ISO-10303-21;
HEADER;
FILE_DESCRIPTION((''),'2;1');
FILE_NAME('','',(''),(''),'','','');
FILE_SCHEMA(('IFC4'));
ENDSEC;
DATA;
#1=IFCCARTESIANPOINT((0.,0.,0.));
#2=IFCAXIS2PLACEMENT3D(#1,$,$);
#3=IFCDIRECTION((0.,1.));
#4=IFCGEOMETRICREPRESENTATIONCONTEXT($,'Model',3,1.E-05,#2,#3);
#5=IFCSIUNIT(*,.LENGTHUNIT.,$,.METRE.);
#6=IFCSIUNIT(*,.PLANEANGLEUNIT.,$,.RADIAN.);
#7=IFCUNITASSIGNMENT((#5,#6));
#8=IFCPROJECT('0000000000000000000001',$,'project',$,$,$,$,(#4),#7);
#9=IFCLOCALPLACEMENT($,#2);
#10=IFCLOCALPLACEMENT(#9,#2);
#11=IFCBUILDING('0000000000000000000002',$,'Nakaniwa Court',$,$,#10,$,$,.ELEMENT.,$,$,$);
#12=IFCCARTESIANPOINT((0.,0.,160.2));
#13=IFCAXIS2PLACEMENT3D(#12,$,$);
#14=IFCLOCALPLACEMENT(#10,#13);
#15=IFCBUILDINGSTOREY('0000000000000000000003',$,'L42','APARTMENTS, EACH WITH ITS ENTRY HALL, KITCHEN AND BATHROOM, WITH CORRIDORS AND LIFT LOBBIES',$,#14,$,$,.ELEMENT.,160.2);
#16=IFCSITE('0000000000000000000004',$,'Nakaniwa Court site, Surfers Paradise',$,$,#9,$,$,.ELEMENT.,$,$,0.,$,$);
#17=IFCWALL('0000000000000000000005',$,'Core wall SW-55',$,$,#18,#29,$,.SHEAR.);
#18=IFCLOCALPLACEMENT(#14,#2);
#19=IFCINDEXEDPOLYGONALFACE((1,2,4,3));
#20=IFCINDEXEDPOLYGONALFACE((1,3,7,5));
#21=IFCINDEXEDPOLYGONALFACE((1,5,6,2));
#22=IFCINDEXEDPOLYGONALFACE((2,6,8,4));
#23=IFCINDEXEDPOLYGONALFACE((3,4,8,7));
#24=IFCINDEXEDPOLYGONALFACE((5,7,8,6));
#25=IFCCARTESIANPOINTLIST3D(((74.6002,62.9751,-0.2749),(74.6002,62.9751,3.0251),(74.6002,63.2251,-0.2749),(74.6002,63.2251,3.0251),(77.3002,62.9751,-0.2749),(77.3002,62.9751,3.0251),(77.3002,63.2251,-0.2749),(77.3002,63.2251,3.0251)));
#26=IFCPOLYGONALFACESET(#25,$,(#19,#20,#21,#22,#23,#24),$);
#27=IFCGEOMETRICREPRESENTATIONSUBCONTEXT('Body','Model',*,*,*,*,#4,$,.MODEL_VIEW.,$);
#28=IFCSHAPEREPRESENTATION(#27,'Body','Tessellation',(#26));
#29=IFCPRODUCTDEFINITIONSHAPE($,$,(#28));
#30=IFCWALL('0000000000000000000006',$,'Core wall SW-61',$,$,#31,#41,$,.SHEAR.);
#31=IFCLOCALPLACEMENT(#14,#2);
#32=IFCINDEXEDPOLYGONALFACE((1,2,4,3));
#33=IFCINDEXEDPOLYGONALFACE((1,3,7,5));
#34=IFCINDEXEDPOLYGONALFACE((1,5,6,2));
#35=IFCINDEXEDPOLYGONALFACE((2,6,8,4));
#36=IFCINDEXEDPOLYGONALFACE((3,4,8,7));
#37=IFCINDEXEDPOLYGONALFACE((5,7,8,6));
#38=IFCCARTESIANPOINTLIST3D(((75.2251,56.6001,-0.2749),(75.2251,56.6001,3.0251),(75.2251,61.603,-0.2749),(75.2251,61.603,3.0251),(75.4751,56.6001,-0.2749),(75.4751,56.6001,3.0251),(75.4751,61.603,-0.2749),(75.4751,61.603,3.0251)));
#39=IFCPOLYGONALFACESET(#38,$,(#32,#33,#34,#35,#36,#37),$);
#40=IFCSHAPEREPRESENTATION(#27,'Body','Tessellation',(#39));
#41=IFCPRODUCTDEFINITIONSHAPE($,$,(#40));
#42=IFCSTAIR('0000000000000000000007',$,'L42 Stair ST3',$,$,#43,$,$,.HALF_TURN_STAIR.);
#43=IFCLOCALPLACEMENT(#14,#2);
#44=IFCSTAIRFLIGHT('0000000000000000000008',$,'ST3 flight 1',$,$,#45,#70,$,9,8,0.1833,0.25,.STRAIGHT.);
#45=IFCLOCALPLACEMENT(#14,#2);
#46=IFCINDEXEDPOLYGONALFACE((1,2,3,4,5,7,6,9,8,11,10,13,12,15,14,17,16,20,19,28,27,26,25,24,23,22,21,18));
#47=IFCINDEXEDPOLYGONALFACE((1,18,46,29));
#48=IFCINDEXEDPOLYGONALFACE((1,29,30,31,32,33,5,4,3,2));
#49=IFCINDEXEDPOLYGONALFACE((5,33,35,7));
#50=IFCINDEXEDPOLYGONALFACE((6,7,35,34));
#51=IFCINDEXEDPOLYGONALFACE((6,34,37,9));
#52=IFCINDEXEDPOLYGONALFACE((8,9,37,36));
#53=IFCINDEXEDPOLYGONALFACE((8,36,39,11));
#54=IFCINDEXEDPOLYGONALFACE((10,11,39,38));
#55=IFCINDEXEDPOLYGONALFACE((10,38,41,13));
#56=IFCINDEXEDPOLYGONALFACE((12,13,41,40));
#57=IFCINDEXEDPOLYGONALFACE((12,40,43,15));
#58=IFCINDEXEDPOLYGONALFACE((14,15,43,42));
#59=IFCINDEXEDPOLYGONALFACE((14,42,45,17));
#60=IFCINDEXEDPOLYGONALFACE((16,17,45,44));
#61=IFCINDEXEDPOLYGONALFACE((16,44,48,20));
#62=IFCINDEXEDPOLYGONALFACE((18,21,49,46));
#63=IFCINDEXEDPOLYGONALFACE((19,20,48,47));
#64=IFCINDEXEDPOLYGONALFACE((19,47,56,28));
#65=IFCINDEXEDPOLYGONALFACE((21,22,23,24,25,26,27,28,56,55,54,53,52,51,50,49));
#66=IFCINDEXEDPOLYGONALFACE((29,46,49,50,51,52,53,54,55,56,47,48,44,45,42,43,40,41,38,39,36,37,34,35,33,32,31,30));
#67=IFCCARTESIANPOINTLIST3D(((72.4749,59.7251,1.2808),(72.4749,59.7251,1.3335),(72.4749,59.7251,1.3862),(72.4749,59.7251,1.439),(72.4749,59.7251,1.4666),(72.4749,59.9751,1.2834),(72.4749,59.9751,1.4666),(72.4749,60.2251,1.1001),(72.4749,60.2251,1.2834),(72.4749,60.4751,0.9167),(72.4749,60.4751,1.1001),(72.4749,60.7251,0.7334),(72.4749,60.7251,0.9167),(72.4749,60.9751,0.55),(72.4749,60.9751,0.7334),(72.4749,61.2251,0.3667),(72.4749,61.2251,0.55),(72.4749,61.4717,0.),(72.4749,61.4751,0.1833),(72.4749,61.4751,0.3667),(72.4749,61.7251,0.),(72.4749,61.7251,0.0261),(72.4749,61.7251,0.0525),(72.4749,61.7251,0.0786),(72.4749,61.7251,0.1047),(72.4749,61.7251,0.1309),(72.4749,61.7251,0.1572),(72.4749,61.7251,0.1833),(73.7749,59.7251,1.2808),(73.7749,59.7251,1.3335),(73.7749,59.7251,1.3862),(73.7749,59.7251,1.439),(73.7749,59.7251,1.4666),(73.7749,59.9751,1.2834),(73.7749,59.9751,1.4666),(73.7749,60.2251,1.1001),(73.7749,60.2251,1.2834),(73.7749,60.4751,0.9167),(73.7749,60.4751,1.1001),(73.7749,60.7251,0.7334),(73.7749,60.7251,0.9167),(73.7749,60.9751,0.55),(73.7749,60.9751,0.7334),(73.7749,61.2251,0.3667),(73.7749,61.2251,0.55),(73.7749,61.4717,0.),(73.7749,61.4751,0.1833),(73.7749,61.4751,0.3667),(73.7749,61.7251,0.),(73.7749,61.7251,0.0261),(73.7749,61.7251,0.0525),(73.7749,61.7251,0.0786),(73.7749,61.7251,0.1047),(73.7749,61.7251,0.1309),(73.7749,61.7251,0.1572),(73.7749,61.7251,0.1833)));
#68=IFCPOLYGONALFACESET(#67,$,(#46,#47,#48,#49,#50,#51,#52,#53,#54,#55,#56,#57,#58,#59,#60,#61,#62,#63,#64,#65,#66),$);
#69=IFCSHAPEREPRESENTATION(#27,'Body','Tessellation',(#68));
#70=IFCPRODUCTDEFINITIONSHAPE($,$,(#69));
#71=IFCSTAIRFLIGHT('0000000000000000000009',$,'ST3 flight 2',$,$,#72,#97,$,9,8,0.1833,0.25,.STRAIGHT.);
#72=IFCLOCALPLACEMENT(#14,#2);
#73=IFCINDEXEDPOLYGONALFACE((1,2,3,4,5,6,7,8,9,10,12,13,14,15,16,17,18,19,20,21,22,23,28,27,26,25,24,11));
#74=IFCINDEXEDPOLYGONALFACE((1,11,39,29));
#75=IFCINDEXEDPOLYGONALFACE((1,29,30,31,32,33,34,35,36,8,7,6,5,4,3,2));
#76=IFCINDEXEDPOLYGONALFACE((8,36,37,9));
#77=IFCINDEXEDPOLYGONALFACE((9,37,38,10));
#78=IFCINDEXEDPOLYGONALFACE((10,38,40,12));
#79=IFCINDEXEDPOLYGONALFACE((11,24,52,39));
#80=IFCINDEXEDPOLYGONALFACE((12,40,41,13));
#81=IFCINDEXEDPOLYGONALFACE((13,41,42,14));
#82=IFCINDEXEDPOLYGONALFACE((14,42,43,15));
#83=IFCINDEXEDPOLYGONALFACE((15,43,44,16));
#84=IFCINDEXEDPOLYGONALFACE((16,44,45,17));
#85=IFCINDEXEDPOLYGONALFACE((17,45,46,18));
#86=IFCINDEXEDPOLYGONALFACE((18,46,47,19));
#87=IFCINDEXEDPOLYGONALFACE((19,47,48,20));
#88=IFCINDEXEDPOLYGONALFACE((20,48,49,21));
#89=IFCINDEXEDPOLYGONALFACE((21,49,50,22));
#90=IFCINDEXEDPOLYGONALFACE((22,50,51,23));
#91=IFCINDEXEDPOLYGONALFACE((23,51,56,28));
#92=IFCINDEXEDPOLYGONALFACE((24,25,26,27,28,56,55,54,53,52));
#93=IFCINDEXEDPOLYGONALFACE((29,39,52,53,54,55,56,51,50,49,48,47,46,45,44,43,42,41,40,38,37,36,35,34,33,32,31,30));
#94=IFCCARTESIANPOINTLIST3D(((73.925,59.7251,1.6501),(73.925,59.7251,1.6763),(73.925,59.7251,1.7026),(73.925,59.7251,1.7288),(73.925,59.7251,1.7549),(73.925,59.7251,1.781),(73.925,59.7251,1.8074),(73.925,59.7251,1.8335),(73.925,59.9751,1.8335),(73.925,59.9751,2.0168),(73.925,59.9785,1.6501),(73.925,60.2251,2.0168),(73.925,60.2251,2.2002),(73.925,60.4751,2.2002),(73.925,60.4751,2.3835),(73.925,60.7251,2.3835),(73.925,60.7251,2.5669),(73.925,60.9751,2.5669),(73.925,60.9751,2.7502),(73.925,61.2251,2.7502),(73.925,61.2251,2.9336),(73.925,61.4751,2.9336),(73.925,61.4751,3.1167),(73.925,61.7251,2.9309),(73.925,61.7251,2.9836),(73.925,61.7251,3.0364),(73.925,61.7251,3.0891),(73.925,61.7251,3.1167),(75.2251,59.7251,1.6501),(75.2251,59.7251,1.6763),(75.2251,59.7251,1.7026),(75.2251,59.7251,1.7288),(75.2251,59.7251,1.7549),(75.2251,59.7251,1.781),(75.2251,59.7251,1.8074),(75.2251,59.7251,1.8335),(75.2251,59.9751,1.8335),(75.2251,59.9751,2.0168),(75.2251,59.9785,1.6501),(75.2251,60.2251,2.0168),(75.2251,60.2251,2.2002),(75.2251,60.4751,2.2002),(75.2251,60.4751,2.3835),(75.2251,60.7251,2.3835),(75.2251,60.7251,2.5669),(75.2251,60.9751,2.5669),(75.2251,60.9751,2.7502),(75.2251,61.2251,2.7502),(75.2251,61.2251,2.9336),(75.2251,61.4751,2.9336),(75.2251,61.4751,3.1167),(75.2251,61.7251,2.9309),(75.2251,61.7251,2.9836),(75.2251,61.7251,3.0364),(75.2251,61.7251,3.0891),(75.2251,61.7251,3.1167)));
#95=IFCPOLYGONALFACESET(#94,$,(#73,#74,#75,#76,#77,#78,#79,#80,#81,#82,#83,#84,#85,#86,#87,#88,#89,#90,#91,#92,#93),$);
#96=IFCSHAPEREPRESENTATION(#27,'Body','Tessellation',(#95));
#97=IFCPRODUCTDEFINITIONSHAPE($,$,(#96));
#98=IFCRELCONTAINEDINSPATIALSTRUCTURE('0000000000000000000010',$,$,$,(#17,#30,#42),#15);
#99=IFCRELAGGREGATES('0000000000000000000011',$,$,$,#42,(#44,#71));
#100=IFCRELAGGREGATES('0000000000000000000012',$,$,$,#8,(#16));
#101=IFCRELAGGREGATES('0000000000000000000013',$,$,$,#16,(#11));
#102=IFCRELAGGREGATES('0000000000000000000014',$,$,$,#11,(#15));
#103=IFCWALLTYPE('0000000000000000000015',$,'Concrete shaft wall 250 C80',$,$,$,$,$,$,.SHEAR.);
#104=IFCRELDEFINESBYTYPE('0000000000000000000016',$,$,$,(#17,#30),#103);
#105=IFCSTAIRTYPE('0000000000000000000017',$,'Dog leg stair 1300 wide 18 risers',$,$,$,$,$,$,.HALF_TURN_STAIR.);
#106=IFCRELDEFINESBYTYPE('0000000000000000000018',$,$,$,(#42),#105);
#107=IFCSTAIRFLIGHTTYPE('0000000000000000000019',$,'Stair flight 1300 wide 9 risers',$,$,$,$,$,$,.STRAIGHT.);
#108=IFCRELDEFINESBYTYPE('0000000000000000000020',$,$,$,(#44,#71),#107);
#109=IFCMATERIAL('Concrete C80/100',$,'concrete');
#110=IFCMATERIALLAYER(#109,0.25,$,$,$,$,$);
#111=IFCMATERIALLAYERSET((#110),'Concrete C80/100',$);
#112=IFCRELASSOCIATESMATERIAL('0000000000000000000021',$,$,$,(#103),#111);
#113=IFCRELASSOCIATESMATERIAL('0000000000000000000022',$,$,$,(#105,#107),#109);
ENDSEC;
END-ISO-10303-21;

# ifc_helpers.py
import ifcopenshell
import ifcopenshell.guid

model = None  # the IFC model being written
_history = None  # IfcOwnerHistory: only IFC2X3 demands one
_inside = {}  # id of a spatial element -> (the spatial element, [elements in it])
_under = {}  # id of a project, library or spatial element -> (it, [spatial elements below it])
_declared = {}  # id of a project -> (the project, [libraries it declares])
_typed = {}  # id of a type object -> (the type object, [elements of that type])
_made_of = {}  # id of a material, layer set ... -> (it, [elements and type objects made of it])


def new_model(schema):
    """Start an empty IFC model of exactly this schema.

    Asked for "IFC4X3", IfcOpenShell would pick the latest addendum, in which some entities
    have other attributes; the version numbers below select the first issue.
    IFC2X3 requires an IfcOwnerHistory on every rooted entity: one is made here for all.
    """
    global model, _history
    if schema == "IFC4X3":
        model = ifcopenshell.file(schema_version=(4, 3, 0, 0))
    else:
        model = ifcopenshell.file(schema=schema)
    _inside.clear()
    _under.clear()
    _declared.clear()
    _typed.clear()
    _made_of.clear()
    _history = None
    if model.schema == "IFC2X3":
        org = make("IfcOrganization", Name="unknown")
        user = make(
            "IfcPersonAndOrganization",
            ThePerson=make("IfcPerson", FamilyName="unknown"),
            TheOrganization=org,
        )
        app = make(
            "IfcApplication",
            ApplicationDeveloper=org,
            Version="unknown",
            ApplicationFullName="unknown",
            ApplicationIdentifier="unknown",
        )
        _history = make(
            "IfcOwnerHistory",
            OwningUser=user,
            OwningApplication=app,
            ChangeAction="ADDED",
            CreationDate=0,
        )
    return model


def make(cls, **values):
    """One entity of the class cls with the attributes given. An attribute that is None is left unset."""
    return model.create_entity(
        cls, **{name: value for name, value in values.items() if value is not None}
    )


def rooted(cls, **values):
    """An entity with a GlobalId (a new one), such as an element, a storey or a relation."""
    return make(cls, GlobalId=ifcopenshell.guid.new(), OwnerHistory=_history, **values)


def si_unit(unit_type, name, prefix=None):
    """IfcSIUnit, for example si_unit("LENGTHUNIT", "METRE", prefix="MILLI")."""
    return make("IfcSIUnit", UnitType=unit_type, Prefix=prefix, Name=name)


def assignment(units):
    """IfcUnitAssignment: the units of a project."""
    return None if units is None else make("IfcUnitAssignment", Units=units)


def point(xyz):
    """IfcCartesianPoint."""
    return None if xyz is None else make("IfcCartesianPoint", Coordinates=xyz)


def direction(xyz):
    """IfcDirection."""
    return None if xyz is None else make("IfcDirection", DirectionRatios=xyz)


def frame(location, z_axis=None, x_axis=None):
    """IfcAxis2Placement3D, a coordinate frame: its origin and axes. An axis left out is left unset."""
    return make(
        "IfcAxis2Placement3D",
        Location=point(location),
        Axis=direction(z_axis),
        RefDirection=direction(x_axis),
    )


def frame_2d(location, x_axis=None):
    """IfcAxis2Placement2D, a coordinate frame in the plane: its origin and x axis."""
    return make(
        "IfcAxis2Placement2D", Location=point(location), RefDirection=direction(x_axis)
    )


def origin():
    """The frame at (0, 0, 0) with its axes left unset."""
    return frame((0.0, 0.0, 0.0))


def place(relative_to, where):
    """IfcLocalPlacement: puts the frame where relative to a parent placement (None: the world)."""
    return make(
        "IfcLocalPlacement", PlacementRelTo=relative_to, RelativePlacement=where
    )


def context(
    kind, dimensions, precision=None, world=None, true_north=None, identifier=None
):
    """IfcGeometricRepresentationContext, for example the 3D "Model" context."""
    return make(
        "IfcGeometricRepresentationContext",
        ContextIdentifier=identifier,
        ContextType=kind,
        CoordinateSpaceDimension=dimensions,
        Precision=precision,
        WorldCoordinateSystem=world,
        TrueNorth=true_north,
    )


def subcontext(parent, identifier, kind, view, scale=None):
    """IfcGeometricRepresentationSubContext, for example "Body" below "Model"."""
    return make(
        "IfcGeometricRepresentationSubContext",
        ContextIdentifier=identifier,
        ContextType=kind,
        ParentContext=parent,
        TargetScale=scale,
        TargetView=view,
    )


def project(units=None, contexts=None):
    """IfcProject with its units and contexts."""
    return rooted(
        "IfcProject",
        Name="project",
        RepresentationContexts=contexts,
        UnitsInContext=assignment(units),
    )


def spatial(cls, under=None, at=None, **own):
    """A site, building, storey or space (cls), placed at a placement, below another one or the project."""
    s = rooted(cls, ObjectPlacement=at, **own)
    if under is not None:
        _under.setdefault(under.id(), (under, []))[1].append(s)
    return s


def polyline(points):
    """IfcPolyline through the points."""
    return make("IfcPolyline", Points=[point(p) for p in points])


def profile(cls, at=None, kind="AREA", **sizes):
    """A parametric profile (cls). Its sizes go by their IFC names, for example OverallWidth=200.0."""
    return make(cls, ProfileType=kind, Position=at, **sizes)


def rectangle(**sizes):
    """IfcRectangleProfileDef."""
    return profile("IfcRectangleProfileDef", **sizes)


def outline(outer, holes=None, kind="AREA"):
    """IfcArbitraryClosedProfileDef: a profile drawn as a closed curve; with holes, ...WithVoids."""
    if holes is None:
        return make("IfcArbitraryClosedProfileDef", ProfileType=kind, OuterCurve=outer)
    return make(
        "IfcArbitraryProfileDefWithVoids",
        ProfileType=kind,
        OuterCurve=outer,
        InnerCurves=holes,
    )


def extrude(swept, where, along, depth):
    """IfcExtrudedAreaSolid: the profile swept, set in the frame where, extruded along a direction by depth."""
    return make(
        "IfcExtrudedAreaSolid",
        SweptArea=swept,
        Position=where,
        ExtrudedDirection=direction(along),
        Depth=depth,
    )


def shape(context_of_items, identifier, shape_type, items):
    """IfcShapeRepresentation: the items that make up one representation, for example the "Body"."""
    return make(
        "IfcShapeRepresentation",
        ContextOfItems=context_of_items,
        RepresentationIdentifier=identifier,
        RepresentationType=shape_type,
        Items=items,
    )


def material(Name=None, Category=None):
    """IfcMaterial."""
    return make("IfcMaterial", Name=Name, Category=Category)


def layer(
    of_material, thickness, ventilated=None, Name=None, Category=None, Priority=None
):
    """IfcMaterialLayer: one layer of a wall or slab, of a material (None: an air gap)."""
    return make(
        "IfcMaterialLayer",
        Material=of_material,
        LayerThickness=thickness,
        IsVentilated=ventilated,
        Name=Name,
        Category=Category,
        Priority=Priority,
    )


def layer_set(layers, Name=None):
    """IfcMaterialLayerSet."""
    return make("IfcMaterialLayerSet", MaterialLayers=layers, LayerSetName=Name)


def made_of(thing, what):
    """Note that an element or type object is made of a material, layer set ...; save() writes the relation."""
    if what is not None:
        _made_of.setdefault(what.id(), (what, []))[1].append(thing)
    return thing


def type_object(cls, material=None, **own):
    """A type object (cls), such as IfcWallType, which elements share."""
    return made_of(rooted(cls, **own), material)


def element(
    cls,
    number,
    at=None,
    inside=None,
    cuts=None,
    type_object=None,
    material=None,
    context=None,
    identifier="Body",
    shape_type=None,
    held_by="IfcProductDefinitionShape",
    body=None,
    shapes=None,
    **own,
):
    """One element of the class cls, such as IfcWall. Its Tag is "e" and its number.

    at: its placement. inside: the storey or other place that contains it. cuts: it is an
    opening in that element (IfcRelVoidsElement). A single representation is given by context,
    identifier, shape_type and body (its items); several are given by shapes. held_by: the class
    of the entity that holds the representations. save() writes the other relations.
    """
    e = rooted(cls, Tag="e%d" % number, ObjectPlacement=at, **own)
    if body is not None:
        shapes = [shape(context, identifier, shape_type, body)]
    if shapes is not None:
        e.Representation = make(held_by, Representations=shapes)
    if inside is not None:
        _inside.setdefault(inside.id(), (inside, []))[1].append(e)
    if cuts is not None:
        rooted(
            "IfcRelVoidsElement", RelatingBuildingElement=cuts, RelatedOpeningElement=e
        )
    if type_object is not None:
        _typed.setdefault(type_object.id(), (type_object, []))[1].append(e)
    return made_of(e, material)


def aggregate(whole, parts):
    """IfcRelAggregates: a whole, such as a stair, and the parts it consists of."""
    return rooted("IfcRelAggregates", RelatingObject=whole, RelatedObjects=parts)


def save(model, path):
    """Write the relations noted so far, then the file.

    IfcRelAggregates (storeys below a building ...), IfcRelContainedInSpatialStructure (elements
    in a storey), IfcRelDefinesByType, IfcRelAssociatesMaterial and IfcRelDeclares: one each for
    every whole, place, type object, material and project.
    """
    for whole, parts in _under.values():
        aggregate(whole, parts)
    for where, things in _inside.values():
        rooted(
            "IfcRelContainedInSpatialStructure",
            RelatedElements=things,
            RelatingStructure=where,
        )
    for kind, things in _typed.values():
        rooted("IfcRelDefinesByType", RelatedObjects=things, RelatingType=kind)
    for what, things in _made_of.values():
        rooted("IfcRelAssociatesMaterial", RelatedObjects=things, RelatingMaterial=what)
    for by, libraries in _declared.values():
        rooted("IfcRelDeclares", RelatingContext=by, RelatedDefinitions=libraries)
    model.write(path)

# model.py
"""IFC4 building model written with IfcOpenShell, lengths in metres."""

from ifc_helpers import new_model, si_unit, direction, frame, frame_2d, origin, place, context, subcontext, project, spatial, polyline, rectangle, outline, extrude, material, layer, layer_set, type_object, element, aggregate, save


model = new_model("IFC4")

# Units and contexts
model_context = context("Model", 3, precision=1e-05, world=origin(), true_north=direction((0.0, 1.0)))
body_context = subcontext(model_context, "Body", "Model", "MODEL_VIEW")
ifc_project = project(units=[si_unit("LENGTHUNIT", "METRE"), si_unit("PLANEANGLEUNIT", "RADIAN")], contexts=[model_context])

# Site, building, storey
site_placement = place(None, origin())
site = spatial("IfcSite", under=ifc_project, at=site_placement, Name="Nakaniwa Court site, Surfers Paradise", CompositionType="ELEMENT", RefElevation=0.0)
building_placement = place(site_placement, origin())
building = spatial("IfcBuilding", under=site, at=building_placement, Name="Nakaniwa Court", CompositionType="ELEMENT")
storey_placement = place(building_placement, frame((0.0, 0.0, 160.2)))
storey = spatial("IfcBuildingStorey", under=building, at=storey_placement, Name="L42", Description="APARTMENTS, EACH WITH ITS ENTRY HALL, KITCHEN AND BATHROOM, WITH CORRIDORS AND LIFT LOBBIES", CompositionType="ELEMENT", Elevation=160.2)

# Shared definitions
ifc_material_1 = material(Name="Concrete C80/100", Category="concrete")

# Walls
ifc_layer_1 = layer(ifc_material_1, 0.25)
ifc_layer_set_1 = layer_set([ifc_layer_1], Name="Concrete C80/100")
wall_type_1 = type_object("IfcWallType", Name="Concrete shaft wall 250 C80", PredefinedType="SHEAR", material=ifc_layer_set_1)
wall_1_placement = place(storey_placement, frame((74.6001, 63.1001, -0.2749), z_axis=(0.0, 0.0, 1.0), x_axis=(1.0, 0.0, 0.0)))
element("IfcWall", 1, at=wall_1_placement, inside=storey, type_object=wall_type_1, Name="Core wall SW-55", PredefinedType="SHEAR", context=body_context, shape_type="SweptSolid", body=[
    extrude(rectangle(XDim=2.7, YDim=0.25, at=frame_2d((1.3501, 0.0))), origin(), (0.0, 0.0, 1.0), 3.3),
])
wall_2_placement = place(storey_placement, frame((75.3501, 56.6001, -0.2749), z_axis=(0.0, 0.0, 1.0), x_axis=(0.0, 1.0, 0.0)))
element("IfcWall", 2, at=wall_2_placement, inside=storey, type_object=wall_type_1, Name="Core wall SW-61", PredefinedType="SHEAR", context=body_context, shape_type="SweptSolid", body=[
    extrude(rectangle(XDim=5.0029, YDim=0.25, at=frame_2d((2.5015, 0.0))), origin(), (0.0, 0.0, 1.0), 3.3),
])

# Stair, stair flights
stair_type = type_object("IfcStairType", Name="Dog leg stair 1300 wide 18 risers", PredefinedType="HALF_TURN_STAIR", material=ifc_material_1)
stair_placement = place(storey_placement, origin())
stair = element("IfcStair", 3, at=stair_placement, inside=storey, type_object=stair_type, Name="L42 Stair ST3", PredefinedType="HALF_TURN_STAIR")
stair_flight_type = type_object("IfcStairFlightType", Name="Stair flight 1300 wide 9 risers", PredefinedType="STRAIGHT", material=ifc_material_1)
stair_flight_1_placement = place(storey_placement, frame((73.125, 61.7251, 0.0), z_axis=(0.0, 0.0, 1.0), x_axis=(0.0, -1.0, 0.0)))
stair_flight_1 = element("IfcStairFlight", 4, at=stair_flight_1_placement, type_object=stair_flight_type, Name="ST3 flight 1", NumberOfRisers=9, NumberOfTreads=8, PredefinedType="STRAIGHT", RiserHeight=0.1833, TreadLength=0.25, context=body_context, shape_type="SweptSolid", body=[
    extrude(outline(polyline([(0.0, 0.0), (0.0, 0.0261), (0.0, 0.0525), (0.0, 0.0786), (0.0, 0.1047), (0.0, 0.1309), (0.0, 0.1572), (0.0, 0.1833), (0.25, 0.1833), (0.25, 0.3667), (0.5, 0.3667), (0.5, 0.55), (0.75, 0.55), (0.75, 0.7334), (1.0, 0.7334), (1.0, 0.9167), (1.25, 0.9167), (1.25, 1.1001), (1.5, 1.1001), (1.5, 1.2834), (1.75, 1.2834), (1.75, 1.4666), (2.0, 1.4666), (2.0, 1.6499), (2.0, 1.5972), (2.0, 1.5444), (2.0, 1.4917), (2.0, 1.439), (2.0, 1.3862), (2.0, 1.3335), (2.0, 1.2808), (0.2534, 0.0), (0.0, 0.0)])), frame((0.0, 0.6499, 0.0), z_axis=(0.0, -1.0, 0.0), x_axis=(1.0, 0.0, 0.0)), (0.0, 0.0, 1.0), 1.3),
])
stair_flight_2_placement = place(storey_placement, frame((74.575, 59.7251, 1.6501), z_axis=(0.0, 0.0, 1.0), x_axis=(0.0, 1.0, 0.0)))
stair_flight_2 = element("IfcStairFlight", 5, at=stair_flight_2_placement, type_object=stair_flight_type, Name="ST3 flight 2", NumberOfRisers=9, NumberOfTreads=8, PredefinedType="STRAIGHT", RiserHeight=0.1833, TreadLength=0.25, context=body_context, shape_type="SweptSolid", body=[
    extrude(outline(polyline([(0.0, 0.0), (0.0, 0.0261), (0.0, 0.0525), (0.0, 0.0786), (0.0, 0.1047), (0.0, 0.1309), (0.0, 0.1572), (0.0, 0.1833), (0.25, 0.1833), (0.25, 0.3667), (0.5, 0.3667), (0.5, 0.55), (0.75, 0.55), (0.75, 0.7334), (1.0, 0.7334), (1.0, 0.9167), (1.25, 0.9167), (1.25, 1.1001), (1.5, 1.1001), (1.5, 1.2834), (1.75, 1.2834), (1.75, 1.4666), (2.0, 1.4666), (2.0, 1.6499), (2.0, 1.5972), (2.0, 1.5444), (2.0, 1.4917), (2.0, 1.439), (2.0, 1.3862), (2.0, 1.3335), (2.0, 1.2808), (0.2534, 0.0), (0.0, 0.0)])), frame((0.0, 0.6499, 0.0), z_axis=(0.0, -1.0, 0.0), x_axis=(1.0, 0.0, 0.0)), (0.0, 0.0, 1.0), 1.3),
])
aggregate(stair, [stair_flight_1, stair_flight_2])

save(model, "model.ifc")
